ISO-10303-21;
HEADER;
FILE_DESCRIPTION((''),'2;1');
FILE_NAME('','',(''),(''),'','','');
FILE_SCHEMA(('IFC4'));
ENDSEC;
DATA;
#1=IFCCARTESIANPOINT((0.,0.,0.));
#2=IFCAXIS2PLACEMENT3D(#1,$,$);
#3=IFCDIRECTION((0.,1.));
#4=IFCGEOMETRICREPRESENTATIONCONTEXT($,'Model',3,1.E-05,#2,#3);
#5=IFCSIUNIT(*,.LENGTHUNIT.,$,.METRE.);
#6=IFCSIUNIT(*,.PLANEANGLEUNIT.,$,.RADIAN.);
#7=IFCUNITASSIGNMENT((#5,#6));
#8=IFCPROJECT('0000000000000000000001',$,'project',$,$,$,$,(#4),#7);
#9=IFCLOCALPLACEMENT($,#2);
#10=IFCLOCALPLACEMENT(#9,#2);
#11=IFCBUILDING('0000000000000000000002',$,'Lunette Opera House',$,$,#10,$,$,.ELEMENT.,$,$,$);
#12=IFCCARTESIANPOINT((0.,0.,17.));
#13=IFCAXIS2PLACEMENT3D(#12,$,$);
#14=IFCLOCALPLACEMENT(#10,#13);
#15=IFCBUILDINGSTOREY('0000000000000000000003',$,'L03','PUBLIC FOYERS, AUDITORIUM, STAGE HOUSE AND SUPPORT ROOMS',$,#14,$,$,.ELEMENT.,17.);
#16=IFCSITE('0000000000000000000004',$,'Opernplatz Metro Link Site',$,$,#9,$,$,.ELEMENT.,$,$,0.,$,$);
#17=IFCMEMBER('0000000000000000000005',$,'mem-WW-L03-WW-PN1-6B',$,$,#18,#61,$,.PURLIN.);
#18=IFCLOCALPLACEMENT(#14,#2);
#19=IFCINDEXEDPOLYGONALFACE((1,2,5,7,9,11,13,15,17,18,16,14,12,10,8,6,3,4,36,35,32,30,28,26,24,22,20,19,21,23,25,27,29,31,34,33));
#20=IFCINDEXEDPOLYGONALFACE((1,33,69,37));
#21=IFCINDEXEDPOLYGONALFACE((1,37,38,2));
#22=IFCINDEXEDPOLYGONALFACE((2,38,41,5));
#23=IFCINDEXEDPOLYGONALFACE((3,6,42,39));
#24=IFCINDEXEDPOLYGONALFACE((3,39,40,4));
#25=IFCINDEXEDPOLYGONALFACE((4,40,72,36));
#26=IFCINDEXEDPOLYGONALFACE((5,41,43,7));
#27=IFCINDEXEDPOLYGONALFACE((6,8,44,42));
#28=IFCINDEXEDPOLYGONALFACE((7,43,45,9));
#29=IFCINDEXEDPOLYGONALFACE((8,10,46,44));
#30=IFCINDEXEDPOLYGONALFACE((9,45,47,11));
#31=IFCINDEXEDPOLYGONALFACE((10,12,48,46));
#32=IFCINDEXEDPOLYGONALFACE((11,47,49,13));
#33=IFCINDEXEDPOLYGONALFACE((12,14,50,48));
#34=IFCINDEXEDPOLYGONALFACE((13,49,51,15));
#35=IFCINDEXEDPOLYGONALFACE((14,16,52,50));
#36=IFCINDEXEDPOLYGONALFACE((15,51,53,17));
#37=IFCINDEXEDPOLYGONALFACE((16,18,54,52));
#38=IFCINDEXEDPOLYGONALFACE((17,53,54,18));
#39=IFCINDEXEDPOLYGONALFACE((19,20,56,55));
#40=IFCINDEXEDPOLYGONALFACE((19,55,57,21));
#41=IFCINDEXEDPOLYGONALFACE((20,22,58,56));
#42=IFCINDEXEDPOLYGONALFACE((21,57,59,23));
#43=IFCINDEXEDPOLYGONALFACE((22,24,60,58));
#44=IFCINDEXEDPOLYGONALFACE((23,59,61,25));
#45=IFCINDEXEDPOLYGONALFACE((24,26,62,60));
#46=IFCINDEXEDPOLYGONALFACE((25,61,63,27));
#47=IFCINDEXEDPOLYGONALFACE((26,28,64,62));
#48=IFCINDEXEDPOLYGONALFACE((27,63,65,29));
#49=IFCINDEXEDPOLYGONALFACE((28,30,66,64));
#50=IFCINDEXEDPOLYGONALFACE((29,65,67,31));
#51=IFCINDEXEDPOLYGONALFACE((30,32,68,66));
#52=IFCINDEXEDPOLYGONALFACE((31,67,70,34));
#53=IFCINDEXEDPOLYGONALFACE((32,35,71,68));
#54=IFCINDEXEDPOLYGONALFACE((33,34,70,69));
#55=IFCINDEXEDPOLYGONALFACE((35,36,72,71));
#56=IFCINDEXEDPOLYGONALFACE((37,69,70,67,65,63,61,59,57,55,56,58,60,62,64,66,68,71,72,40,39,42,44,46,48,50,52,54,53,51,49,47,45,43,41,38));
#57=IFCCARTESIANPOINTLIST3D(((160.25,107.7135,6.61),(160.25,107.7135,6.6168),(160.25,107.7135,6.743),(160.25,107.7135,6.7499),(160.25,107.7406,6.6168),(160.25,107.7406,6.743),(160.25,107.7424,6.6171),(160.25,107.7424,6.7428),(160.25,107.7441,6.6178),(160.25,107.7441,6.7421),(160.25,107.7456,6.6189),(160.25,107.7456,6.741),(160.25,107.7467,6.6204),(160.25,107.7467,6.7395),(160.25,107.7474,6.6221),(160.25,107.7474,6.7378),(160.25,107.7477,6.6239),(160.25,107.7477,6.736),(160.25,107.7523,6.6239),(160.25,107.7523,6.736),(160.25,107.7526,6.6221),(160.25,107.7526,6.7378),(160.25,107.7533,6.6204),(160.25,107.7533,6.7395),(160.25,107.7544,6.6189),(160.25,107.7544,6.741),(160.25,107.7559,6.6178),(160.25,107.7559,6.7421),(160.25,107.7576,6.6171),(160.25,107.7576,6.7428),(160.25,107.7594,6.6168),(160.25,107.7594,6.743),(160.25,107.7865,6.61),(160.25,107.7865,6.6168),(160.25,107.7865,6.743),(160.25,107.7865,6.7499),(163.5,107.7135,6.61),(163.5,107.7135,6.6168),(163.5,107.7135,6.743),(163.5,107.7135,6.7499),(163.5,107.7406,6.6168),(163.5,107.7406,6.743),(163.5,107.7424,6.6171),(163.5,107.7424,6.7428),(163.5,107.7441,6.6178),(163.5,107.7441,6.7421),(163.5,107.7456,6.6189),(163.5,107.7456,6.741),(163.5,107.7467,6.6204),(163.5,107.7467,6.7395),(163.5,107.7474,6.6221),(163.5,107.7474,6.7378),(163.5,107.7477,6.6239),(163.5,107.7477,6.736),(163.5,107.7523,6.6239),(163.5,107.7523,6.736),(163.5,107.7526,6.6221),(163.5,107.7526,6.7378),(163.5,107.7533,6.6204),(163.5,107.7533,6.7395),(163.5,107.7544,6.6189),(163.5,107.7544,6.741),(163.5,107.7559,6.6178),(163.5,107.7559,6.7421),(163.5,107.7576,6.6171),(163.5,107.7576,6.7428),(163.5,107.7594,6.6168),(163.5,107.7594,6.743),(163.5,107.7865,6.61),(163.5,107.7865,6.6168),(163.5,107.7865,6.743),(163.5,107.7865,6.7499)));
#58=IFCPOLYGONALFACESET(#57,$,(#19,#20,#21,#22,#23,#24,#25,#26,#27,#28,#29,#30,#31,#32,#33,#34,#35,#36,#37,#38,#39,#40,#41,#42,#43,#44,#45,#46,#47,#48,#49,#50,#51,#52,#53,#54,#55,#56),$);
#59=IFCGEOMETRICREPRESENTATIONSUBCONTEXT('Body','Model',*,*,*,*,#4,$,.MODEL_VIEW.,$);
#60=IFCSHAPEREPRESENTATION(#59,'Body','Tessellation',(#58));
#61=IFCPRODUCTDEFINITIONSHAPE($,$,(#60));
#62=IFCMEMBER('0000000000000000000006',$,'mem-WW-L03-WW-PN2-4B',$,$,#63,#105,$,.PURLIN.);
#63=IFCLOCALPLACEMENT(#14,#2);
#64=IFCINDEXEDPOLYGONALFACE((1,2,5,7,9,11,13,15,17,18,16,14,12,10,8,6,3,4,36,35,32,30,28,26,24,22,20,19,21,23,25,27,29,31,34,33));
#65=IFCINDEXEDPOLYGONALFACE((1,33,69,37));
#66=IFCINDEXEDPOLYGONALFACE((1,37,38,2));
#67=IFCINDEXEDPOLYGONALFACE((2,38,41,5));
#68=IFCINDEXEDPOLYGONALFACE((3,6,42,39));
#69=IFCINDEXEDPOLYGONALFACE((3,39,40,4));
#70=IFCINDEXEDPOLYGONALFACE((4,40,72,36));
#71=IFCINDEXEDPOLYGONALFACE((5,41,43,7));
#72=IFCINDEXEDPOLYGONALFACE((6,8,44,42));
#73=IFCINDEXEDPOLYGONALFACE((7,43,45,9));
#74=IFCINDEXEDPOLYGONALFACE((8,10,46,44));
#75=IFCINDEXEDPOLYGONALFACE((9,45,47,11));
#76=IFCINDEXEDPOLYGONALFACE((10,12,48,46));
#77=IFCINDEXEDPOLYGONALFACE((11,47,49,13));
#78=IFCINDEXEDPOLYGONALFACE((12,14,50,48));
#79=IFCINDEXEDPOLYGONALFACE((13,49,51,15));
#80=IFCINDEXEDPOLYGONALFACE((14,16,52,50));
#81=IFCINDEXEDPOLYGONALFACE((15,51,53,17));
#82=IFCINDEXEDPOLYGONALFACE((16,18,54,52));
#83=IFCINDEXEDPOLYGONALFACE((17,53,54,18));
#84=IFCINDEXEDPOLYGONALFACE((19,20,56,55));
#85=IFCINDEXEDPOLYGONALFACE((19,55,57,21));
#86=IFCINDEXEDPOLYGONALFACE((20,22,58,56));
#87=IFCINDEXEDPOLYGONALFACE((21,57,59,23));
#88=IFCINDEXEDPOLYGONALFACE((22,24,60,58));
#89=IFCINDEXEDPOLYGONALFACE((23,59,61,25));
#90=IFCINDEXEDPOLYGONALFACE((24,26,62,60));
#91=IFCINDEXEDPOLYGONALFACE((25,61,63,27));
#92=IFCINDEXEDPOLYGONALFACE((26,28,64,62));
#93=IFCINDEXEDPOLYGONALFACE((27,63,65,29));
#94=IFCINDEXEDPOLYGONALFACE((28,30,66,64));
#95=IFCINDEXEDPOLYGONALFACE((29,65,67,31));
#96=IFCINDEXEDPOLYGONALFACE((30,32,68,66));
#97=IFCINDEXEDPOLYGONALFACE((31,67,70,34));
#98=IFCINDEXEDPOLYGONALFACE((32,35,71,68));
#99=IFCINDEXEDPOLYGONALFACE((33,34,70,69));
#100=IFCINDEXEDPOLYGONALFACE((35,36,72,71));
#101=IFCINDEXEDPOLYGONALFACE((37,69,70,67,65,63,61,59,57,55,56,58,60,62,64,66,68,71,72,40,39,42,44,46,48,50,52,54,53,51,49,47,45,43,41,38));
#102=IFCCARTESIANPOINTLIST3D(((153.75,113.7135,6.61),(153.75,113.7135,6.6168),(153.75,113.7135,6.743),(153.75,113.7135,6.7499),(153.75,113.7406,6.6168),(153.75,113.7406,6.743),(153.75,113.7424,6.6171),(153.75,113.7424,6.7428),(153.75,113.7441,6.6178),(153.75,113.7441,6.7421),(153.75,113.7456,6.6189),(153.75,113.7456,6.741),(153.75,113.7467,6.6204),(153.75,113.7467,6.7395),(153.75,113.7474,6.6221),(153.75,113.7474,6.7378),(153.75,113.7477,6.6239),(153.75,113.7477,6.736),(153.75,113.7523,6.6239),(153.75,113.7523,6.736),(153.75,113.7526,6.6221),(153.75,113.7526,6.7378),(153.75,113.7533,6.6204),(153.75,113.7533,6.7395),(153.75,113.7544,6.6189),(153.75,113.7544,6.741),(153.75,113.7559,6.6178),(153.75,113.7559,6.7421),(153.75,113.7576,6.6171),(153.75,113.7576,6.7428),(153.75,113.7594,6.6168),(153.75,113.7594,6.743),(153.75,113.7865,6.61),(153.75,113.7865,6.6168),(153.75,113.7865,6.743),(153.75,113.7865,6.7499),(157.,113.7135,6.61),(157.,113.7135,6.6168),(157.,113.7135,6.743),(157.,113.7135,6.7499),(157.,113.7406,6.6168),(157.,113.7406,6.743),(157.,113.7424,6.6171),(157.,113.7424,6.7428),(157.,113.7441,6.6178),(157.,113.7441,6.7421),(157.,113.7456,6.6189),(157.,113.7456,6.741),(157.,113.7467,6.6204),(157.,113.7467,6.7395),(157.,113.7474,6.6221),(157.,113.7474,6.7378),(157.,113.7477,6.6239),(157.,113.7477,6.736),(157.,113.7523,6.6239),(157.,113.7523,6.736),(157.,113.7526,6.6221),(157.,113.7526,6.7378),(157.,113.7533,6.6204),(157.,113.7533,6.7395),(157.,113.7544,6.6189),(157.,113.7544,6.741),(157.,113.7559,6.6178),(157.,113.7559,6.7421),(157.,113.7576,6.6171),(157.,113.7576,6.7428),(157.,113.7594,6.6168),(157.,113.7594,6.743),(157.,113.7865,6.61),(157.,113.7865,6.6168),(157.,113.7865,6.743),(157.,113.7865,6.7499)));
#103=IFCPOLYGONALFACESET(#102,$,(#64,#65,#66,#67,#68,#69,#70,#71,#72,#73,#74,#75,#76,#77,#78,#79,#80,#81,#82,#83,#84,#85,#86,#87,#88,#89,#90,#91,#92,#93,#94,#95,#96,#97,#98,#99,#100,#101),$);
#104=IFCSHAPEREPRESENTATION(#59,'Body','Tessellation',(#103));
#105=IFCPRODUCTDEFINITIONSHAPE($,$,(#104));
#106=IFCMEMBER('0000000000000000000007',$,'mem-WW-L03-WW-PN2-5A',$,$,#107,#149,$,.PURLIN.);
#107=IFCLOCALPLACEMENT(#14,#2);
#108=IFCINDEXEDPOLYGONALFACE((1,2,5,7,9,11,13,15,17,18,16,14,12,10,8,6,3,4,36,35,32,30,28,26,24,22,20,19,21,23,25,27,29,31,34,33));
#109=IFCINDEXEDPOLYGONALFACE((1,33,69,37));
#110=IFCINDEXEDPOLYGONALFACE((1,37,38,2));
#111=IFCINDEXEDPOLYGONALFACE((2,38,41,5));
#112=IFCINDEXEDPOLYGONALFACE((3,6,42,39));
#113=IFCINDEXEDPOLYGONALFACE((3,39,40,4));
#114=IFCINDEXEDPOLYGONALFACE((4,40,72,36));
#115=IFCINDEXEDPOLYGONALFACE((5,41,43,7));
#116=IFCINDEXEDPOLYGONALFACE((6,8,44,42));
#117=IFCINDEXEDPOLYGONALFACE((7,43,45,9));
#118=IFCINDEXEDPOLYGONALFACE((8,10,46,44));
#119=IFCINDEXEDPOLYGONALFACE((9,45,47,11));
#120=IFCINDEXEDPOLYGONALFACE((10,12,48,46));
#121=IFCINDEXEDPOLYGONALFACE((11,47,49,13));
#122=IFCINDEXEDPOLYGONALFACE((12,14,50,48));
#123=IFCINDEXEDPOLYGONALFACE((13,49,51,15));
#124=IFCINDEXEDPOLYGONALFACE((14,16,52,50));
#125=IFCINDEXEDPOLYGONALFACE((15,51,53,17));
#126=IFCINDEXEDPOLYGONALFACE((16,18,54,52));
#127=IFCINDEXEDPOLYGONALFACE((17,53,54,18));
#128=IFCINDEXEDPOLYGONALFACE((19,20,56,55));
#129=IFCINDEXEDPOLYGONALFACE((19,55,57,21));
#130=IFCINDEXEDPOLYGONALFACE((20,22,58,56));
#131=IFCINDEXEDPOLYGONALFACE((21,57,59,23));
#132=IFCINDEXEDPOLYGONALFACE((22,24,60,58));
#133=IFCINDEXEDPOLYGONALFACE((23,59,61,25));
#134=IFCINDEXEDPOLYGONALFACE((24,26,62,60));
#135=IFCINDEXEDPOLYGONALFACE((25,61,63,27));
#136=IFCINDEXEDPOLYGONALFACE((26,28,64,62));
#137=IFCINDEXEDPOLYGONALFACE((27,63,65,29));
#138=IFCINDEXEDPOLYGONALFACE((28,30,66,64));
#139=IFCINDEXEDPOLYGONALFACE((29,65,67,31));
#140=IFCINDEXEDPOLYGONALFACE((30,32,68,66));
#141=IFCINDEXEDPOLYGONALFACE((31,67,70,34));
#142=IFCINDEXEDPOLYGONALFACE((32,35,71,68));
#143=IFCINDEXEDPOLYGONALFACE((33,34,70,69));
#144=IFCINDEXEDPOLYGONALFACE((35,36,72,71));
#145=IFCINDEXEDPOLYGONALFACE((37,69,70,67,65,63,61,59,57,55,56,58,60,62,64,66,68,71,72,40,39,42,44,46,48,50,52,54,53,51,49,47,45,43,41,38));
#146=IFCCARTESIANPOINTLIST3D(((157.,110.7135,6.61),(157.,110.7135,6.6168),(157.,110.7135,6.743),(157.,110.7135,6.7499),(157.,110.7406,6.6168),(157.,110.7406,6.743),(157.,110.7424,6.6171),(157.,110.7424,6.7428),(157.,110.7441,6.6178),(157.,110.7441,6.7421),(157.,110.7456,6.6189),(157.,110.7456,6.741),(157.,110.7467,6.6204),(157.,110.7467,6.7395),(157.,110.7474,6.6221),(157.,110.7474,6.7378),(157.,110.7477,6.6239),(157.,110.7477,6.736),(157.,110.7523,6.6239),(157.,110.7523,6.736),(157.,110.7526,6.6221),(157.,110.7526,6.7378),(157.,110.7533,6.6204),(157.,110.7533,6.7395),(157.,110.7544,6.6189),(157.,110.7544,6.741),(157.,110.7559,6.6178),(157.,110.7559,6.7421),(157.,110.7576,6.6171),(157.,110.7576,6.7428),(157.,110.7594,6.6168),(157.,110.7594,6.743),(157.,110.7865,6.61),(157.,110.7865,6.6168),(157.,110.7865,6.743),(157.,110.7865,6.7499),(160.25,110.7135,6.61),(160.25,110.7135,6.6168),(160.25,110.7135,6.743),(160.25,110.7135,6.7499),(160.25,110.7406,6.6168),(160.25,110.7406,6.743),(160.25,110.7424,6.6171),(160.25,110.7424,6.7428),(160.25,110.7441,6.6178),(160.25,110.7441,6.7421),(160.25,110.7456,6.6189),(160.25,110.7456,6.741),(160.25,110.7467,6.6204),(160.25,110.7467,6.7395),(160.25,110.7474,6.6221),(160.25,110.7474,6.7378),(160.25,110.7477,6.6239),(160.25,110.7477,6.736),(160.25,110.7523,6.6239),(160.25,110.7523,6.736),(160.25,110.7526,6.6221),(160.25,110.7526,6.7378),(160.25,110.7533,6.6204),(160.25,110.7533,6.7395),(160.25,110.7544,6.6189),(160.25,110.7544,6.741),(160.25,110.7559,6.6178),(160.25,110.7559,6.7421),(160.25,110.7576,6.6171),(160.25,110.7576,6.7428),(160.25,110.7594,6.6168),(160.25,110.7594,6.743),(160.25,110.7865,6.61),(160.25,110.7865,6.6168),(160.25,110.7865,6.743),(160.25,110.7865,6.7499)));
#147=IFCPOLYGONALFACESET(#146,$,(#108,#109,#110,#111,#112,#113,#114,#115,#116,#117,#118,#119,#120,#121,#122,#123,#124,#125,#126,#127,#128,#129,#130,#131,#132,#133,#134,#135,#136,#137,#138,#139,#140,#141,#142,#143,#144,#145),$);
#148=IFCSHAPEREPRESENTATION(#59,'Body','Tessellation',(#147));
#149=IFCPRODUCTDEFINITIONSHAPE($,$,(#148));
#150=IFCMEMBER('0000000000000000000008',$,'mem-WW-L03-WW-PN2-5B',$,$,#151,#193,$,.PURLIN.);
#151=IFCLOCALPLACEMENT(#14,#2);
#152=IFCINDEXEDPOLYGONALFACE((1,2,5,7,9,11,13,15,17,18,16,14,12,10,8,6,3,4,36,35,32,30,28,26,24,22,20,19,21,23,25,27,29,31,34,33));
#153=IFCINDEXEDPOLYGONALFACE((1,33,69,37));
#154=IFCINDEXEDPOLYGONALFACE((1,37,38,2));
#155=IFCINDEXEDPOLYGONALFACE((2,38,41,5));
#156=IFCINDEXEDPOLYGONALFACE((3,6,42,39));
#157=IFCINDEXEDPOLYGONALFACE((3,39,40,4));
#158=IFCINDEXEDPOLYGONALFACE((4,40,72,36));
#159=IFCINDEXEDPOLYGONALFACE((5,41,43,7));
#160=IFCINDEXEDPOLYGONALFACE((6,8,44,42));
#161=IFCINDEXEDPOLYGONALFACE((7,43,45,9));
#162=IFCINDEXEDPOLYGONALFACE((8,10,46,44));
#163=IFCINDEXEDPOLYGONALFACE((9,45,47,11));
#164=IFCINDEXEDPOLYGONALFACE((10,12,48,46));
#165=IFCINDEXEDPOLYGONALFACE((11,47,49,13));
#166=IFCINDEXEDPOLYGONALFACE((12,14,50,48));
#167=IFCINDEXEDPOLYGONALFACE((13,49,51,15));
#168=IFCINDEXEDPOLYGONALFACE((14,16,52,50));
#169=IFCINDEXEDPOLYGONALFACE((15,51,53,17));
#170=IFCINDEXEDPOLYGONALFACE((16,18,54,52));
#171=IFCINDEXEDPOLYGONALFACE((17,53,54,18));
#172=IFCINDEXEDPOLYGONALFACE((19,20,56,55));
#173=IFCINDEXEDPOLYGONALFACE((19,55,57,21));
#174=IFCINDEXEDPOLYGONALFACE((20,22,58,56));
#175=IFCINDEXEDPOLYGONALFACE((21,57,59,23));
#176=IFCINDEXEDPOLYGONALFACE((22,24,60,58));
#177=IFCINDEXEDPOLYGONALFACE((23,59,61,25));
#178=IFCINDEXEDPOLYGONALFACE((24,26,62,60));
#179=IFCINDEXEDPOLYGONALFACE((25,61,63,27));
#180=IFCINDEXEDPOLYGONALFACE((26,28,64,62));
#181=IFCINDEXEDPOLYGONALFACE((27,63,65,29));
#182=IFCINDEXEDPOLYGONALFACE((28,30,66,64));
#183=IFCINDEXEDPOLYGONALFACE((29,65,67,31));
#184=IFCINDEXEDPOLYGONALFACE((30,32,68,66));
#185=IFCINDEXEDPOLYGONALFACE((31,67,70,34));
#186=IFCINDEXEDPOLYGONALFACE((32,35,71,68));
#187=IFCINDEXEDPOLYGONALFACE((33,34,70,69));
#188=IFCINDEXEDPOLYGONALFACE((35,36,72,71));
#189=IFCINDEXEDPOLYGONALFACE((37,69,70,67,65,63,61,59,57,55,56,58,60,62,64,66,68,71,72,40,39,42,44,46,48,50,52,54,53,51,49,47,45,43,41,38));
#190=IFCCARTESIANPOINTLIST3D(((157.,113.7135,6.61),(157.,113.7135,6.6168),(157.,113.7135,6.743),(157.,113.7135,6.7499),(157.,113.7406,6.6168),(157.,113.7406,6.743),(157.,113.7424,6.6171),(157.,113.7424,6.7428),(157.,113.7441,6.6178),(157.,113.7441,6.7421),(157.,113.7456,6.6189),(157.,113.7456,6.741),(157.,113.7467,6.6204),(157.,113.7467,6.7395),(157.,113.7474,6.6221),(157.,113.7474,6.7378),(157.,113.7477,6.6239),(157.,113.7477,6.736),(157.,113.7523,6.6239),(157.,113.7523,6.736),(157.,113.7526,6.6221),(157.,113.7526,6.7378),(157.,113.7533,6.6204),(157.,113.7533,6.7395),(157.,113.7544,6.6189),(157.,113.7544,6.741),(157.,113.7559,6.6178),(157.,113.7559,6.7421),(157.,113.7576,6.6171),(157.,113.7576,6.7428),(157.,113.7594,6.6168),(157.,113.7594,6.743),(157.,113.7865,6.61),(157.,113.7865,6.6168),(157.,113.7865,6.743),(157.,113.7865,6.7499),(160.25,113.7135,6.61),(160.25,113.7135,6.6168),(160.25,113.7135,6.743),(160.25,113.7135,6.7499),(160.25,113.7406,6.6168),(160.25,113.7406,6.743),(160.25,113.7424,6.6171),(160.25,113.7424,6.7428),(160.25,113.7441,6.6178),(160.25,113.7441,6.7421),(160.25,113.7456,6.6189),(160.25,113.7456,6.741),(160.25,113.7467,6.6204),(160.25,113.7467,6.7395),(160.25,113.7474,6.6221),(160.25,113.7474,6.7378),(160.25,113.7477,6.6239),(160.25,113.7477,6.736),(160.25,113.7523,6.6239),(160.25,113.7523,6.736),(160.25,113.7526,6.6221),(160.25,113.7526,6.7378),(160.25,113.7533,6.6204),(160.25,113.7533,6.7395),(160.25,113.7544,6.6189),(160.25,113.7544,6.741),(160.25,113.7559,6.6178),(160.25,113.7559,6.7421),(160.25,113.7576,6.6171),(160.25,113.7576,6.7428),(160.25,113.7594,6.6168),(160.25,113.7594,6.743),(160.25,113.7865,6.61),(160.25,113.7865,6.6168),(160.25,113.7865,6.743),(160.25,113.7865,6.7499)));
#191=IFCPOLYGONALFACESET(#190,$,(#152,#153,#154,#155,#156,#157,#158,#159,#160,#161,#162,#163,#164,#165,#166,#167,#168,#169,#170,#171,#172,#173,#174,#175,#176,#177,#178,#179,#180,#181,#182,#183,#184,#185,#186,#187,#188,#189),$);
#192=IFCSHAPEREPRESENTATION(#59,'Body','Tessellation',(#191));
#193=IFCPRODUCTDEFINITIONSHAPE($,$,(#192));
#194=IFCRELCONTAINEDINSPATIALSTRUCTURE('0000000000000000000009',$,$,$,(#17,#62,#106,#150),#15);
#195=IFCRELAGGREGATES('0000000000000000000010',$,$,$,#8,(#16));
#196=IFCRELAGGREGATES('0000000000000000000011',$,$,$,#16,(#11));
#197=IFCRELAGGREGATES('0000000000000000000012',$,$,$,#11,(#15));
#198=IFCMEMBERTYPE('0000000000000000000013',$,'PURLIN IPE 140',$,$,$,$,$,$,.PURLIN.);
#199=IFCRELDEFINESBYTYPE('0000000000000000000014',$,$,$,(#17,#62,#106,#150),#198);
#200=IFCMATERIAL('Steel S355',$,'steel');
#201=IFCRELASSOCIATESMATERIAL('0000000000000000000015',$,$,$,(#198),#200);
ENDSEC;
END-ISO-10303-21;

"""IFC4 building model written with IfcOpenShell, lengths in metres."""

from ifc_helpers import new_model, si_unit, direction, frame, origin, origin_2d, place, context, subcontext, project, spatial, i_section, extrude, material, material_profile, profile_set, type_object, element, save


model = new_model("IFC4")

# Units and contexts
model_context = context("Model", 3, precision=1e-05, world=origin(), true_north=direction((0.0, 1.0)))
body_context = subcontext(model_context, "Body", "Model", "MODEL_VIEW")
ifc_project = project(units=[si_unit("LENGTHUNIT", "METRE"), si_unit("PLANEANGLEUNIT", "RADIAN")], contexts=[model_context])

# Site, building, storey
site_placement = place(None, origin())
site = spatial("IfcSite", under=ifc_project, at=site_placement, Name="Opernplatz Metro Link Site", CompositionType="ELEMENT", RefElevation=0.0)
building_placement = place(site_placement, origin())
building = spatial("IfcBuilding", under=site, at=building_placement, Name="Lunette Opera House", CompositionType="ELEMENT")
storey_placement = place(building_placement, frame((0.0, 0.0, 17.0)))
storey = spatial("IfcBuildingStorey", under=building, at=storey_placement, Name="L03", Description="PUBLIC FOYERS, AUDITORIUM, STAGE HOUSE AND SUPPORT ROOMS", CompositionType="ELEMENT", Elevation=17.0)

# Members
ifc_material_1 = material(Name="Steel S355", Category="steel")
ifc_material_profile_1 = material_profile(ifc_material_1, i_section(OverallWidth=0.073, OverallDepth=0.1399, WebThickness=0.0046, FlangeThickness=0.0068, FilletRadius=0.0071, at=origin_2d()), Name="IPE 140")
ifc_profile_set_1 = profile_set([ifc_material_profile_1], Name="Steel S355")
member_type_1 = type_object("IfcMemberType", Name="PURLIN IPE 140", PredefinedType="PURLIN", material=ifc_profile_set_1)
for number, where, z_axis, x_axis, name in (
    (1, (160.25, 107.75, 6.6799), (1.0, 0.0, 0.0), (0.0, 1.0, 0.0), "mem-WW-L03-WW-PN1-6B"),
    (2, (153.75, 113.75, 6.6799), (1.0, 0.0, 0.0), (0.0, 1.0, 0.0), "mem-WW-L03-WW-PN2-4B"),
    (3, (157.0, 110.75, 6.6799), (1.0, 0.0, 0.0), (0.0, 1.0, 0.0), "mem-WW-L03-WW-PN2-5A"),
    (4, (157.0, 113.75, 6.6799), (1.0, 0.0, 0.0), (0.0, 1.0, 0.0), "mem-WW-L03-WW-PN2-5B"),
):
    element("IfcMember", number, at=place(storey_placement, frame(where, z_axis=z_axis, x_axis=x_axis)), inside=storey, type_object=member_type_1, Name=name, PredefinedType="PURLIN", context=body_context, shape_type="SweptSolid", body=[
        extrude(i_section(OverallWidth=0.073, OverallDepth=0.1399, WebThickness=0.0046, FlangeThickness=0.0068, FilletRadius=0.0071, at=origin_2d()), origin(), (0.0, 0.0, 1.0), 3.25),
    ])

save(model, "model.ifc")
